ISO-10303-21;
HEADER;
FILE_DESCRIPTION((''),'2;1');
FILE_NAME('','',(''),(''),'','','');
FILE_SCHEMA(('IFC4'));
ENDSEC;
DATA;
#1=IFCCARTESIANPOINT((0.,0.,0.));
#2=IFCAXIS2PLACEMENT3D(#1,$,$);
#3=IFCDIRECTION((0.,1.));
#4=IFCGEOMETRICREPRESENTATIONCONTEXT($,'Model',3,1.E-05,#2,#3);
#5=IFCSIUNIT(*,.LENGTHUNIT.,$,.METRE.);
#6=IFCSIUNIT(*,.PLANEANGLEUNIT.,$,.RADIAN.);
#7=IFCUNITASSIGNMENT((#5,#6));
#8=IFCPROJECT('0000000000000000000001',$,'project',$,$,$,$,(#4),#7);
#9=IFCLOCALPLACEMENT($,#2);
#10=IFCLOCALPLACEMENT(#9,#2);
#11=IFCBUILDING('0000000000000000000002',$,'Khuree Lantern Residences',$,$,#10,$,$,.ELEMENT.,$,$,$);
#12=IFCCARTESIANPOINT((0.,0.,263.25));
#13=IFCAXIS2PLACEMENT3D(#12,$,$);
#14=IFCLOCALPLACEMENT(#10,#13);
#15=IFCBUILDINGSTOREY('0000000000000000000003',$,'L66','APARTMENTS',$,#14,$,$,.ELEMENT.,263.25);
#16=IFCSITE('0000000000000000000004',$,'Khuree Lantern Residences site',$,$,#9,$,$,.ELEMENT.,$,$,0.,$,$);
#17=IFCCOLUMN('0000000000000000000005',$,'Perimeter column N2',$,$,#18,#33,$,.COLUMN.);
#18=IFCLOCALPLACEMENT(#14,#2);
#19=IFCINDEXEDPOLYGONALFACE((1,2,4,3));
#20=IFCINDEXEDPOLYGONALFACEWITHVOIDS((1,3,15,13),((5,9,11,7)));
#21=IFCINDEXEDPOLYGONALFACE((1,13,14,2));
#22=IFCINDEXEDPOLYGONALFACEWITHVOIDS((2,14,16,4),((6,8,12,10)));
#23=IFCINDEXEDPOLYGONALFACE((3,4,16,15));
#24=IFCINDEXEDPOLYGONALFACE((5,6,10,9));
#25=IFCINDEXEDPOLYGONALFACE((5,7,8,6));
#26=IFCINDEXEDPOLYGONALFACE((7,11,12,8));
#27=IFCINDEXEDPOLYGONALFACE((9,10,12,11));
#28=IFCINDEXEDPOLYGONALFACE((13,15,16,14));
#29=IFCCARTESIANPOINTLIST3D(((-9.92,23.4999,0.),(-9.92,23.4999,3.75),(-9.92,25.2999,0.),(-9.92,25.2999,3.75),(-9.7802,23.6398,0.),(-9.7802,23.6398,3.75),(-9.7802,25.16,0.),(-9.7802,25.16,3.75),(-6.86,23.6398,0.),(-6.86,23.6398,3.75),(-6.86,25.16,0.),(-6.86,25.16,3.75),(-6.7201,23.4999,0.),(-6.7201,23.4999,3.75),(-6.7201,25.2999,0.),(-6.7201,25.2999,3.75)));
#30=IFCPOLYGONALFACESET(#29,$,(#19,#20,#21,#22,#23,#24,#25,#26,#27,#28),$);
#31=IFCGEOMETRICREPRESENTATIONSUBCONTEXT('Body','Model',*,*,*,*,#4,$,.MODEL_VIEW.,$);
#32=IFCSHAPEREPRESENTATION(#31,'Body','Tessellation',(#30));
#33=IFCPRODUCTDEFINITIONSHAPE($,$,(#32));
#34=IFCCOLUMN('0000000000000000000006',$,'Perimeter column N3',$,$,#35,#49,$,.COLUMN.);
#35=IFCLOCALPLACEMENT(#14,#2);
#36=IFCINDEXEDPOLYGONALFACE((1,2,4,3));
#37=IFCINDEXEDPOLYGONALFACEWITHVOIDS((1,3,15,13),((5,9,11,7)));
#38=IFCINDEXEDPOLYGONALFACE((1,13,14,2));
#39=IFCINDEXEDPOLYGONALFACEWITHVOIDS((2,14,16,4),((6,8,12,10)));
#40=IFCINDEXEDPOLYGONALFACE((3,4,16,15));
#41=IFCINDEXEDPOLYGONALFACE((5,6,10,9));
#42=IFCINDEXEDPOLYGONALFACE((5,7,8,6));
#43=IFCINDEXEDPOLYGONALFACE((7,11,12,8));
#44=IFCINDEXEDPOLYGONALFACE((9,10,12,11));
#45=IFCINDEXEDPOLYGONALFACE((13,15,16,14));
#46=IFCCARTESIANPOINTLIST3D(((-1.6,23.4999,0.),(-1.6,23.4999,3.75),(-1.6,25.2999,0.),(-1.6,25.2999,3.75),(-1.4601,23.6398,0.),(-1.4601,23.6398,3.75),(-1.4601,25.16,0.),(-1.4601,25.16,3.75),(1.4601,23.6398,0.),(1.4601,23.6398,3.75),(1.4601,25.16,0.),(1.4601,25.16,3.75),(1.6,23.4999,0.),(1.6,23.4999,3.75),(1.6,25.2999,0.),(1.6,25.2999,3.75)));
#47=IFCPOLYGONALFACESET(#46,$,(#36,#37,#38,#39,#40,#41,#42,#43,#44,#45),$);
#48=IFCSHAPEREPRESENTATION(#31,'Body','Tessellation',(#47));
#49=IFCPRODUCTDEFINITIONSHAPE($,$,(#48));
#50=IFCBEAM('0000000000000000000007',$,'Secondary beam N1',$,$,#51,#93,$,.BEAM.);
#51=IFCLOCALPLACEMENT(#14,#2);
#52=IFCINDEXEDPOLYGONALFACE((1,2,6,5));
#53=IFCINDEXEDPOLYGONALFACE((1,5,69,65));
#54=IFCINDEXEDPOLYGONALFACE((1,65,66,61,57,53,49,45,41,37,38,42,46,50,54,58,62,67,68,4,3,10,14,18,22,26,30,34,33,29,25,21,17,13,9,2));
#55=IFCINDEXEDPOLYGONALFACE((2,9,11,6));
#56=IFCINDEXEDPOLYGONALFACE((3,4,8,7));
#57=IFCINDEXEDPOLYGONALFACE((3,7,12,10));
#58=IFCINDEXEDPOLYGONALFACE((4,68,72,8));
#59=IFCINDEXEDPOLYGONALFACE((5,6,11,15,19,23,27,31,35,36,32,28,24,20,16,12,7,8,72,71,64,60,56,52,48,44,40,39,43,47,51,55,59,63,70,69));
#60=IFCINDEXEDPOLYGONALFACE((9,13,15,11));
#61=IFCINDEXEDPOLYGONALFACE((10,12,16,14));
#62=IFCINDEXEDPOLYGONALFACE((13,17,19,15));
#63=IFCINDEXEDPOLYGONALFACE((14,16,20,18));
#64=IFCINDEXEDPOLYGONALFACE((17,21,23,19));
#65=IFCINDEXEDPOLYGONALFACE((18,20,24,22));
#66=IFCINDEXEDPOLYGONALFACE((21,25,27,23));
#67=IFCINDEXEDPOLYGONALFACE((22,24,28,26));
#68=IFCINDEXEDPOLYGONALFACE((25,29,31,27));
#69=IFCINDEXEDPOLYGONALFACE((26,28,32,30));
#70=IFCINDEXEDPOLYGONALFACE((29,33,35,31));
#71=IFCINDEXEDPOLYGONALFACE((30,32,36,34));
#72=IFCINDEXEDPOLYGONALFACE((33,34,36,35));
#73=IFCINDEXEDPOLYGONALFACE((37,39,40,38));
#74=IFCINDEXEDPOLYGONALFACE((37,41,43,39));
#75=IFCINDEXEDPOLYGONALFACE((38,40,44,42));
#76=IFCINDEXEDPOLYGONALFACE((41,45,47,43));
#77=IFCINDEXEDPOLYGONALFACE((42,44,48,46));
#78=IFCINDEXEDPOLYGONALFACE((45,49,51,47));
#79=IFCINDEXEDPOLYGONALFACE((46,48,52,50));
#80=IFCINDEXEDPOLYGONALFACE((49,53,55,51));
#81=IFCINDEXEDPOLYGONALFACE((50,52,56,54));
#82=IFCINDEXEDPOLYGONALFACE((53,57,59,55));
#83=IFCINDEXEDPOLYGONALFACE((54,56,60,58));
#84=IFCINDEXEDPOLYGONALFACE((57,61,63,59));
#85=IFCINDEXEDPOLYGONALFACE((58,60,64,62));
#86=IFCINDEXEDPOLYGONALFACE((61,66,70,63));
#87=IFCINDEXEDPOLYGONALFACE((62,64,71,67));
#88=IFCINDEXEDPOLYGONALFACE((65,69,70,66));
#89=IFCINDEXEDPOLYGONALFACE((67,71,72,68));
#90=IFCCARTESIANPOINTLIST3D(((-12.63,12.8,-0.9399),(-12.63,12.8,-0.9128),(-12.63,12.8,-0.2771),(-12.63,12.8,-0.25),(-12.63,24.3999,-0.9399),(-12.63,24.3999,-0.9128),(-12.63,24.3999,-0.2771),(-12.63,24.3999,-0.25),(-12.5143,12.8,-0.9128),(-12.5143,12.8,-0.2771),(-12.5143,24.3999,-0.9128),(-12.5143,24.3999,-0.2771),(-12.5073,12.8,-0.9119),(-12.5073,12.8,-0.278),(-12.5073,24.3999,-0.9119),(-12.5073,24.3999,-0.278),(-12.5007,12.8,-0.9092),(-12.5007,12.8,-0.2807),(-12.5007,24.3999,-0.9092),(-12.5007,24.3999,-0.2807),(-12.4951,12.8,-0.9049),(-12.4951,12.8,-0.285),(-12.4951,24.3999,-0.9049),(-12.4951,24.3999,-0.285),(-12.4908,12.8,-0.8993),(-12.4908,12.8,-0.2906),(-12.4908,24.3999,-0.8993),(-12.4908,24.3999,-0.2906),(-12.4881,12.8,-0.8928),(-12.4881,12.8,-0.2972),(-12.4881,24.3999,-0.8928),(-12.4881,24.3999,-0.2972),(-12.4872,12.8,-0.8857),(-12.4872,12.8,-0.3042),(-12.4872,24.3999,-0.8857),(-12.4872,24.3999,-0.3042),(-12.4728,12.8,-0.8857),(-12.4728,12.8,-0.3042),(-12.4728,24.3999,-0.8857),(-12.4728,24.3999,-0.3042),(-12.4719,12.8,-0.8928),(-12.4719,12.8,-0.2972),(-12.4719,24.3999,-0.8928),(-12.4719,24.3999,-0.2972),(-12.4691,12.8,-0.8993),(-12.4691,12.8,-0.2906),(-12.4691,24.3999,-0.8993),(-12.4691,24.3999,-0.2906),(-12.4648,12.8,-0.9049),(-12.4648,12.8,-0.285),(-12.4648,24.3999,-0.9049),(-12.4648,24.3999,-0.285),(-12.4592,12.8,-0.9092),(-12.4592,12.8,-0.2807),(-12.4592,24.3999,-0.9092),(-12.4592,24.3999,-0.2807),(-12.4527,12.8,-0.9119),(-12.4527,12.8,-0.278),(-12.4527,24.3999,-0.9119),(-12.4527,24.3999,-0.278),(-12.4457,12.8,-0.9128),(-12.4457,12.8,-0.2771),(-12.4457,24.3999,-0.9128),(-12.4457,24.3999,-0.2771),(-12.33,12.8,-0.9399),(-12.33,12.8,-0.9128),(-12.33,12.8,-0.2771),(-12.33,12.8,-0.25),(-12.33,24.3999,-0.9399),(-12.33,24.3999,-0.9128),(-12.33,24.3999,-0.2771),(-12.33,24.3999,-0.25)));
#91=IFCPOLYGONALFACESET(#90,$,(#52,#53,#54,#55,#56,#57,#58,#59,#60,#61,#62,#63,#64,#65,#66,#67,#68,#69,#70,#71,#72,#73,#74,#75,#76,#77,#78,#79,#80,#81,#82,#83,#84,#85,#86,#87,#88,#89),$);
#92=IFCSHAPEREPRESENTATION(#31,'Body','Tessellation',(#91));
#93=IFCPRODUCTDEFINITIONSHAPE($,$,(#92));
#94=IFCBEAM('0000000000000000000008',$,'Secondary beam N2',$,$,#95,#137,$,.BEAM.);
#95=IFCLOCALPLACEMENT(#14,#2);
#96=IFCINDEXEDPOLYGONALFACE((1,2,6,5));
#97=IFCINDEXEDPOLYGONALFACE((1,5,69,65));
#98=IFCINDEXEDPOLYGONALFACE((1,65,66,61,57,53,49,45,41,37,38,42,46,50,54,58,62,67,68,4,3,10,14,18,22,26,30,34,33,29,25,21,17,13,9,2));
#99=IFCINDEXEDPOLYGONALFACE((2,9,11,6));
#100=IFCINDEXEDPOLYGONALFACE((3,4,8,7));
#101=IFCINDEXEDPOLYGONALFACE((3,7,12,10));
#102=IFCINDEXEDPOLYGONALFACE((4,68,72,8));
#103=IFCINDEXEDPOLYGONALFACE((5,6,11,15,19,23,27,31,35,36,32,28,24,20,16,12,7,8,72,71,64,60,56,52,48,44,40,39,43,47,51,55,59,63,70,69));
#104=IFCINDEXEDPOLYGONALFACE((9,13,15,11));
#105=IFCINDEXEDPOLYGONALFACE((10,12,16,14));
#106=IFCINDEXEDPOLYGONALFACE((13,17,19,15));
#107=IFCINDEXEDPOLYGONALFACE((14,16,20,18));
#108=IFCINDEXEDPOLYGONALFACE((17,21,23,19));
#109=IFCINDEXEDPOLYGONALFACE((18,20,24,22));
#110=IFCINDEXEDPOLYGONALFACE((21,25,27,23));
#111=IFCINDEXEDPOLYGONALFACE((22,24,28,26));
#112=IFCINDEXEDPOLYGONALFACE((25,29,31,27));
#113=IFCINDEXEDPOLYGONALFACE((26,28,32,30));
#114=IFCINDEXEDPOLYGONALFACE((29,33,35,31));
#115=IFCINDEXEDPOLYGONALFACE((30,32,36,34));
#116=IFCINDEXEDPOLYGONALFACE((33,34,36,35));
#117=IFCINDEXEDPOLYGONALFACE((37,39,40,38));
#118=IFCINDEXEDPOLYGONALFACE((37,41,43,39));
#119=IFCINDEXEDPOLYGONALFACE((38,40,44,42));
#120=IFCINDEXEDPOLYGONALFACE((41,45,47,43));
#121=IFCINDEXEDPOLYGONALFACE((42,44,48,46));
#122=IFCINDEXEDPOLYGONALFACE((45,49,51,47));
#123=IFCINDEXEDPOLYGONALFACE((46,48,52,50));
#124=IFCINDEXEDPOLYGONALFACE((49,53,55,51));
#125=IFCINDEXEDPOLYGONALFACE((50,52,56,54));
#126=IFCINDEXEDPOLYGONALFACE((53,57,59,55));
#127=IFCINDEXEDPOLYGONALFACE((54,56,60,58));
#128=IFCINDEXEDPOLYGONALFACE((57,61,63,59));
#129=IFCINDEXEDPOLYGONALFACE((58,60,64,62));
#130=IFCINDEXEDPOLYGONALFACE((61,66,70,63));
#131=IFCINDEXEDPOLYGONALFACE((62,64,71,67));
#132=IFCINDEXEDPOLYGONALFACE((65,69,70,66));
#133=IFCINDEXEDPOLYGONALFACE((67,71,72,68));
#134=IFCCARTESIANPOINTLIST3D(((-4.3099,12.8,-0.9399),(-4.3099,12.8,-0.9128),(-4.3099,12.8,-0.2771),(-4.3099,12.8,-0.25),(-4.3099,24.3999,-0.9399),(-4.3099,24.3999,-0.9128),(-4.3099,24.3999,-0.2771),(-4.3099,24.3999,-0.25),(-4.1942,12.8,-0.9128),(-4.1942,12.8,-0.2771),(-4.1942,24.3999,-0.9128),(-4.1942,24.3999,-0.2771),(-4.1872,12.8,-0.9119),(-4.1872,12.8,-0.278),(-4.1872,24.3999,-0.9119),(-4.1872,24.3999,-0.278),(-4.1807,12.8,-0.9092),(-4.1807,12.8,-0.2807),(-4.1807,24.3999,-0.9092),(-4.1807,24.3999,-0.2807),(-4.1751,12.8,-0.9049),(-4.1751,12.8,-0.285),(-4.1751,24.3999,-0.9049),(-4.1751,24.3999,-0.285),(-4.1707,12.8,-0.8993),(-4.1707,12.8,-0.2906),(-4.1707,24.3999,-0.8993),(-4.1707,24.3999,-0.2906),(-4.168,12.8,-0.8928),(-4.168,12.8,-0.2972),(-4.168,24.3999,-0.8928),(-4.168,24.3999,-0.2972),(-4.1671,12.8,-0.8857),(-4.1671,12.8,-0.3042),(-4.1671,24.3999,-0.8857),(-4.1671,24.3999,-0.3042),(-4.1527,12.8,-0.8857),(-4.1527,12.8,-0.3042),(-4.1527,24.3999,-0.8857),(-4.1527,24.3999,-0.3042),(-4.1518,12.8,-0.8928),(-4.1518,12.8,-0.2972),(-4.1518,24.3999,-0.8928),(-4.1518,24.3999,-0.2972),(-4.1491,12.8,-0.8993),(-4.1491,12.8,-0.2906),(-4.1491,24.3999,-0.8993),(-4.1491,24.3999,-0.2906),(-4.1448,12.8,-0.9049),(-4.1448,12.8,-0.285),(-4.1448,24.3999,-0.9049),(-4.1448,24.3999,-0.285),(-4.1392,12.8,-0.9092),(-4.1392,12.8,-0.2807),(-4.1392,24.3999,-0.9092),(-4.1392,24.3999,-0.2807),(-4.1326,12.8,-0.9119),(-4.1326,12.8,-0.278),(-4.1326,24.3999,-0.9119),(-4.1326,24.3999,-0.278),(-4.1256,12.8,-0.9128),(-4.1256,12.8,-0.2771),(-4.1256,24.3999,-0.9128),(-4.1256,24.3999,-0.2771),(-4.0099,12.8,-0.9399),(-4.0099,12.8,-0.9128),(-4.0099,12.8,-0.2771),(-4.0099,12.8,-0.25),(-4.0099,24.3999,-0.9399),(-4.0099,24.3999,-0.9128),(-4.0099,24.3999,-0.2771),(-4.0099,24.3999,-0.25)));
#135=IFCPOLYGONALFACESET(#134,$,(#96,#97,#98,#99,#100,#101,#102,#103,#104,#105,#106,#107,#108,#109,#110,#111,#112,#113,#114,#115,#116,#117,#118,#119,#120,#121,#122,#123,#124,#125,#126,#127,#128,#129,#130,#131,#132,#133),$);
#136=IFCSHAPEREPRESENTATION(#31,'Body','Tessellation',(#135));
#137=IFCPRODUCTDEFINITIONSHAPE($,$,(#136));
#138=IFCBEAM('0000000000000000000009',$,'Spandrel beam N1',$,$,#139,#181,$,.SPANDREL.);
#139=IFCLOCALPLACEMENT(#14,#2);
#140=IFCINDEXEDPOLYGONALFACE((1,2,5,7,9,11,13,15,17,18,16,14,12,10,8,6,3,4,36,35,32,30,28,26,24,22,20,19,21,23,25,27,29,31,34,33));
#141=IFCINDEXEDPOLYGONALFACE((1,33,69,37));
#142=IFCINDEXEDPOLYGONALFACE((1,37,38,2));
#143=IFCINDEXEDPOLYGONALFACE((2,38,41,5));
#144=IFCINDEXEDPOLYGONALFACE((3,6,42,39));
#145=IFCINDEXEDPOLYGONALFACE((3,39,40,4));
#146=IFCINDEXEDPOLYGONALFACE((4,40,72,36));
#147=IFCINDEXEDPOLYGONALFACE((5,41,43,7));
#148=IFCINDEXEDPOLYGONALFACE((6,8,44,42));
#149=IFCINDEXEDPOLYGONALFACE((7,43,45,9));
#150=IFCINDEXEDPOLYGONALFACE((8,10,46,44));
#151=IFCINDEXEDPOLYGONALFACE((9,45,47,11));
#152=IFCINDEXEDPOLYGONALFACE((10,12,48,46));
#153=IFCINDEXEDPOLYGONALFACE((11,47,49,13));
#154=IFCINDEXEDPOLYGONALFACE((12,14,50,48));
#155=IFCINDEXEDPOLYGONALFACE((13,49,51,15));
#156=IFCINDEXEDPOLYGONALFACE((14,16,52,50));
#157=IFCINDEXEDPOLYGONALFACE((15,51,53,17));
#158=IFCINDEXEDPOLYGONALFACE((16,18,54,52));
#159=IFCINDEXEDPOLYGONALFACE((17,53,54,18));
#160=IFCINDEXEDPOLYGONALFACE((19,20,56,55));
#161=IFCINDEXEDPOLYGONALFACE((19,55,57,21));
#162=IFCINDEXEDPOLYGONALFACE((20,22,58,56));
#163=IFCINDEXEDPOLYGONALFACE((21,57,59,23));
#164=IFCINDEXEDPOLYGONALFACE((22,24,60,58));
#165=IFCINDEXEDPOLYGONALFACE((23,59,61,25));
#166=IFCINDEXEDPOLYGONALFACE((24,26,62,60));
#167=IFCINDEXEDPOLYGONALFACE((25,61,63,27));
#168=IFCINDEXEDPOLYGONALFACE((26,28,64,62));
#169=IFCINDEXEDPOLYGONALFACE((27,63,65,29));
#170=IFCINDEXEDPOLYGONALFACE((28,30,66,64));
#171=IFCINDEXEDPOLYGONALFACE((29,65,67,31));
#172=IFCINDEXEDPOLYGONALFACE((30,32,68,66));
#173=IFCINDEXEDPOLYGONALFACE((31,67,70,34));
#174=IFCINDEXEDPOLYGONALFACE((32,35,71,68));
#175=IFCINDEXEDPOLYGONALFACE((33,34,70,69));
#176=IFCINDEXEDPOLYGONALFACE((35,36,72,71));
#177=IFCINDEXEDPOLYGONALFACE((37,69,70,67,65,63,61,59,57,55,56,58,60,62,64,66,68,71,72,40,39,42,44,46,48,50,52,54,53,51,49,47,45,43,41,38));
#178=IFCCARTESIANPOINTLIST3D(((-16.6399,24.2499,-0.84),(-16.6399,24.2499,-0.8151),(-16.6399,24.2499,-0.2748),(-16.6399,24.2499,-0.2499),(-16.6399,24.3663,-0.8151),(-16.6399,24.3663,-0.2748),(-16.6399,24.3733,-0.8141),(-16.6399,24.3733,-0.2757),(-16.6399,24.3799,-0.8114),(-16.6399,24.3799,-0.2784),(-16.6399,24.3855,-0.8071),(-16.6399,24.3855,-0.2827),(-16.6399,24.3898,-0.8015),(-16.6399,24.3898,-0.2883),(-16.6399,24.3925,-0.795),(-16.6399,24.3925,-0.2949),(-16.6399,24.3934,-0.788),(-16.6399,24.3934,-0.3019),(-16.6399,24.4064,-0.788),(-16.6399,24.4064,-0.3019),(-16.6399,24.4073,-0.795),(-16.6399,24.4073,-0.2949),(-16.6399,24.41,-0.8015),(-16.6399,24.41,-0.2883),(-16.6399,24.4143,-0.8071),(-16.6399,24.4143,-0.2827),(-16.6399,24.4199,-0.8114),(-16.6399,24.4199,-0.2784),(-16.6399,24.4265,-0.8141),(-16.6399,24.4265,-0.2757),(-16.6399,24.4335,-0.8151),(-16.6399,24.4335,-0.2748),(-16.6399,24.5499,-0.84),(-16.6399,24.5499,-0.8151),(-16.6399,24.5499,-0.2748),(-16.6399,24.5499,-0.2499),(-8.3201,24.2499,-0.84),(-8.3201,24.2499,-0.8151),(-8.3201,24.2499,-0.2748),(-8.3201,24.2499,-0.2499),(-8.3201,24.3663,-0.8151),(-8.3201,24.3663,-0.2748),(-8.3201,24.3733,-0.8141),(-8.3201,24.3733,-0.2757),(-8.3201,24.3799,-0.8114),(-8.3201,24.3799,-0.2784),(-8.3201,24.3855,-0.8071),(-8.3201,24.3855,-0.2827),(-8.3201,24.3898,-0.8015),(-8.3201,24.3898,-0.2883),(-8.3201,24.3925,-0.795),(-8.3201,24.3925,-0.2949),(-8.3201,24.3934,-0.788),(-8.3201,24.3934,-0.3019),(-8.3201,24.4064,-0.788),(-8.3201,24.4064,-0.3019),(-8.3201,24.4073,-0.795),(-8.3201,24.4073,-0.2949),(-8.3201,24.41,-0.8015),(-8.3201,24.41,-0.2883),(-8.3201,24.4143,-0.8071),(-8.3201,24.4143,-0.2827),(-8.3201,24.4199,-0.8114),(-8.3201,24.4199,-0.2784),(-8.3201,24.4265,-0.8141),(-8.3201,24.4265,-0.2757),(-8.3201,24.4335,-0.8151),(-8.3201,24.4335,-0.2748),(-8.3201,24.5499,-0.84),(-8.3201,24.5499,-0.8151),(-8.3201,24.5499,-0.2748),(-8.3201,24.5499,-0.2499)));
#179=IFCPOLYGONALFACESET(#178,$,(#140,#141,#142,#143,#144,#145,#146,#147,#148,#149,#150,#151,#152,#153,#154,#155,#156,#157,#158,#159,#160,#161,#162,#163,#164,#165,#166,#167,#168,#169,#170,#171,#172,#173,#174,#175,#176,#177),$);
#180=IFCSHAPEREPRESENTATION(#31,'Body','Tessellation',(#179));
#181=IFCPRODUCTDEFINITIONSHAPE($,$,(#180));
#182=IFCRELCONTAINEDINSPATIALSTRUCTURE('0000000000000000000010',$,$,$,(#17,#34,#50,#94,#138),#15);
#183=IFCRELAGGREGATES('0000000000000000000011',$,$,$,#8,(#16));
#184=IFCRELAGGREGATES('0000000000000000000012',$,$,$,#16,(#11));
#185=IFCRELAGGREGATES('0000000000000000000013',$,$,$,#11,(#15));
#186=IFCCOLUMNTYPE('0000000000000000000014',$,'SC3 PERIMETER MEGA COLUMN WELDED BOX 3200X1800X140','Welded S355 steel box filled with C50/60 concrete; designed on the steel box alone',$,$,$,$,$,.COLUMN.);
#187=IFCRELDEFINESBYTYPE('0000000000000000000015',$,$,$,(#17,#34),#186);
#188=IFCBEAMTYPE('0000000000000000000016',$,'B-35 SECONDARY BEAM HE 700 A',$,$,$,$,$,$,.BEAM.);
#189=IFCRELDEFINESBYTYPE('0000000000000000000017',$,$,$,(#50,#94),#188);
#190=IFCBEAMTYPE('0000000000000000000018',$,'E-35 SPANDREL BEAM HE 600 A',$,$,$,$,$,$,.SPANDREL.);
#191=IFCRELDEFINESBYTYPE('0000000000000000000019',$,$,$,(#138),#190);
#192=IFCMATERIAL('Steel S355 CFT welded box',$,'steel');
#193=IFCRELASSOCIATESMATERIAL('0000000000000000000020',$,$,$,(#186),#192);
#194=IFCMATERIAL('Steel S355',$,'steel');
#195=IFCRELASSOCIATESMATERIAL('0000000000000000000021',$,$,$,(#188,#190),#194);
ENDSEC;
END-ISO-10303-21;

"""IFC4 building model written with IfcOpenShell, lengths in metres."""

from ifc_helpers import new_model, si_unit, direction, frame, origin, origin_2d, place, context, subcontext, project, spatial, hollow_rectangle, i_section, extrude, material, material_profile, profile_set, type_object, element, save


model = new_model("IFC4")

# Units and contexts
model_context = context("Model", 3, precision=1e-05, world=origin(), true_north=direction((0.0, 1.0)))
body_context = subcontext(model_context, "Body", "Model", "MODEL_VIEW")
ifc_project = project(units=[si_unit("LENGTHUNIT", "METRE"), si_unit("PLANEANGLEUNIT", "RADIAN")], contexts=[model_context])

# Site, building, storey
site_placement = place(None, origin())
site = spatial("IfcSite", under=ifc_project, at=site_placement, Name="Khuree Lantern Residences site", CompositionType="ELEMENT", RefElevation=0.0)
building_placement = place(site_placement, origin())
building = spatial("IfcBuilding", under=site, at=building_placement, Name="Khuree Lantern Residences", CompositionType="ELEMENT")
storey_placement = place(building_placement, frame((0.0, 0.0, 263.25)))
storey = spatial("IfcBuildingStorey", under=building, at=storey_placement, Name="L66", Description="APARTMENTS", CompositionType="ELEMENT", Elevation=263.25)

# Columns
ifc_material_1 = material(Name="Steel S355 CFT welded box", Category="steel")
ifc_material_profile_1 = material_profile(ifc_material_1, hollow_rectangle(XDim=3.2, YDim=1.8, WallThickness=0.1399, at=origin_2d()), Name="WELDED BOX 3200X1800X140")
ifc_profile_set_1 = profile_set([ifc_material_profile_1], Name="Steel S355 CFT welded box")
column_type = type_object("IfcColumnType", Name="SC3 PERIMETER MEGA COLUMN WELDED BOX 3200X1800X140", Description="Welded S355 steel box filled with C50/60 concrete; designed on the steel box alone", PredefinedType="COLUMN", material=ifc_profile_set_1)
for number, where, z_axis, x_axis, name in (
    (1, (-8.3201, 24.3999, 0.0), (0.0, 0.0, 1.0), (1.0, 0.0, 0.0), "Perimeter column N2"),
    (2, (0.0, 24.3999, 0.0), (0.0, 0.0, 1.0), (1.0, 0.0, 0.0), "Perimeter column N3"),
):
    element("IfcColumn", number, at=place(storey_placement, frame(where, z_axis=z_axis, x_axis=x_axis)), inside=storey, type_object=column_type, Name=name, PredefinedType="COLUMN", context=body_context, shape_type="SweptSolid", body=[
        extrude(hollow_rectangle(XDim=3.2, YDim=1.8, WallThickness=0.1399, at=origin_2d()), origin(), (0.0, 0.0, 1.0), 3.75),
    ])

# Beams
ifc_material_2 = material(Name="Steel S355", Category="steel")
ifc_material_profile_2 = material_profile(ifc_material_2, i_section(OverallWidth=0.3, OverallDepth=0.6899, WebThickness=0.0144, FlangeThickness=0.0271, FilletRadius=0.0271, at=origin_2d()), Name="HE 700 A")
ifc_profile_set_2 = profile_set([ifc_material_profile_2], Name="Steel S355")
beam_type_1 = type_object("IfcBeamType", Name="B-35 SECONDARY BEAM HE 700 A", PredefinedType="BEAM", material=ifc_profile_set_2)
for number, where, z_axis, x_axis, name in (
    (3, (-12.48, 24.3999, -0.595), (0.0, -1.0, 0.0), (1.0, 0.0, 0.0), "Secondary beam N1"),
    (4, (-4.1599, 24.3999, -0.595), (0.0, -1.0, 0.0), (1.0, 0.0, 0.0), "Secondary beam N2"),
):
    element("IfcBeam", number, at=place(storey_placement, frame(where, z_axis=z_axis, x_axis=x_axis)), inside=storey, type_object=beam_type_1, Name=name, PredefinedType="BEAM", context=body_context, shape_type="SweptSolid", body=[
        extrude(i_section(OverallWidth=0.3, OverallDepth=0.6899, WebThickness=0.0144, FlangeThickness=0.0271, FilletRadius=0.0271, at=origin_2d()), origin(), (0.0, 0.0, 1.0), 11.5999),
    ])
ifc_material_profile_3 = material_profile(ifc_material_2, i_section(OverallWidth=0.3, OverallDepth=0.5901, WebThickness=0.0129, FlangeThickness=0.0249, FilletRadius=0.0271, at=origin_2d()), Name="HE 600 A")
ifc_profile_set_3 = profile_set([ifc_material_profile_3], Name="Steel S355")
beam_type_2 = type_object("IfcBeamType", Name="E-35 SPANDREL BEAM HE 600 A", PredefinedType="SPANDREL", material=ifc_profile_set_3)
beam_1_placement = place(storey_placement, frame((-16.6399, 24.3999, -0.5449), z_axis=(1.0, 0.0, 0.0), x_axis=(0.0, 1.0, 0.0)))
element("IfcBeam", 5, at=beam_1_placement, inside=storey, type_object=beam_type_2, Name="Spandrel beam N1", PredefinedType="SPANDREL", context=body_context, shape_type="SweptSolid", body=[
    extrude(i_section(OverallWidth=0.3, OverallDepth=0.5901, WebThickness=0.0129, FlangeThickness=0.0249, FilletRadius=0.0271, at=origin_2d()), origin(), (0.0, 0.0, 1.0), 8.3198),
])

save(model, "model.ifc")
